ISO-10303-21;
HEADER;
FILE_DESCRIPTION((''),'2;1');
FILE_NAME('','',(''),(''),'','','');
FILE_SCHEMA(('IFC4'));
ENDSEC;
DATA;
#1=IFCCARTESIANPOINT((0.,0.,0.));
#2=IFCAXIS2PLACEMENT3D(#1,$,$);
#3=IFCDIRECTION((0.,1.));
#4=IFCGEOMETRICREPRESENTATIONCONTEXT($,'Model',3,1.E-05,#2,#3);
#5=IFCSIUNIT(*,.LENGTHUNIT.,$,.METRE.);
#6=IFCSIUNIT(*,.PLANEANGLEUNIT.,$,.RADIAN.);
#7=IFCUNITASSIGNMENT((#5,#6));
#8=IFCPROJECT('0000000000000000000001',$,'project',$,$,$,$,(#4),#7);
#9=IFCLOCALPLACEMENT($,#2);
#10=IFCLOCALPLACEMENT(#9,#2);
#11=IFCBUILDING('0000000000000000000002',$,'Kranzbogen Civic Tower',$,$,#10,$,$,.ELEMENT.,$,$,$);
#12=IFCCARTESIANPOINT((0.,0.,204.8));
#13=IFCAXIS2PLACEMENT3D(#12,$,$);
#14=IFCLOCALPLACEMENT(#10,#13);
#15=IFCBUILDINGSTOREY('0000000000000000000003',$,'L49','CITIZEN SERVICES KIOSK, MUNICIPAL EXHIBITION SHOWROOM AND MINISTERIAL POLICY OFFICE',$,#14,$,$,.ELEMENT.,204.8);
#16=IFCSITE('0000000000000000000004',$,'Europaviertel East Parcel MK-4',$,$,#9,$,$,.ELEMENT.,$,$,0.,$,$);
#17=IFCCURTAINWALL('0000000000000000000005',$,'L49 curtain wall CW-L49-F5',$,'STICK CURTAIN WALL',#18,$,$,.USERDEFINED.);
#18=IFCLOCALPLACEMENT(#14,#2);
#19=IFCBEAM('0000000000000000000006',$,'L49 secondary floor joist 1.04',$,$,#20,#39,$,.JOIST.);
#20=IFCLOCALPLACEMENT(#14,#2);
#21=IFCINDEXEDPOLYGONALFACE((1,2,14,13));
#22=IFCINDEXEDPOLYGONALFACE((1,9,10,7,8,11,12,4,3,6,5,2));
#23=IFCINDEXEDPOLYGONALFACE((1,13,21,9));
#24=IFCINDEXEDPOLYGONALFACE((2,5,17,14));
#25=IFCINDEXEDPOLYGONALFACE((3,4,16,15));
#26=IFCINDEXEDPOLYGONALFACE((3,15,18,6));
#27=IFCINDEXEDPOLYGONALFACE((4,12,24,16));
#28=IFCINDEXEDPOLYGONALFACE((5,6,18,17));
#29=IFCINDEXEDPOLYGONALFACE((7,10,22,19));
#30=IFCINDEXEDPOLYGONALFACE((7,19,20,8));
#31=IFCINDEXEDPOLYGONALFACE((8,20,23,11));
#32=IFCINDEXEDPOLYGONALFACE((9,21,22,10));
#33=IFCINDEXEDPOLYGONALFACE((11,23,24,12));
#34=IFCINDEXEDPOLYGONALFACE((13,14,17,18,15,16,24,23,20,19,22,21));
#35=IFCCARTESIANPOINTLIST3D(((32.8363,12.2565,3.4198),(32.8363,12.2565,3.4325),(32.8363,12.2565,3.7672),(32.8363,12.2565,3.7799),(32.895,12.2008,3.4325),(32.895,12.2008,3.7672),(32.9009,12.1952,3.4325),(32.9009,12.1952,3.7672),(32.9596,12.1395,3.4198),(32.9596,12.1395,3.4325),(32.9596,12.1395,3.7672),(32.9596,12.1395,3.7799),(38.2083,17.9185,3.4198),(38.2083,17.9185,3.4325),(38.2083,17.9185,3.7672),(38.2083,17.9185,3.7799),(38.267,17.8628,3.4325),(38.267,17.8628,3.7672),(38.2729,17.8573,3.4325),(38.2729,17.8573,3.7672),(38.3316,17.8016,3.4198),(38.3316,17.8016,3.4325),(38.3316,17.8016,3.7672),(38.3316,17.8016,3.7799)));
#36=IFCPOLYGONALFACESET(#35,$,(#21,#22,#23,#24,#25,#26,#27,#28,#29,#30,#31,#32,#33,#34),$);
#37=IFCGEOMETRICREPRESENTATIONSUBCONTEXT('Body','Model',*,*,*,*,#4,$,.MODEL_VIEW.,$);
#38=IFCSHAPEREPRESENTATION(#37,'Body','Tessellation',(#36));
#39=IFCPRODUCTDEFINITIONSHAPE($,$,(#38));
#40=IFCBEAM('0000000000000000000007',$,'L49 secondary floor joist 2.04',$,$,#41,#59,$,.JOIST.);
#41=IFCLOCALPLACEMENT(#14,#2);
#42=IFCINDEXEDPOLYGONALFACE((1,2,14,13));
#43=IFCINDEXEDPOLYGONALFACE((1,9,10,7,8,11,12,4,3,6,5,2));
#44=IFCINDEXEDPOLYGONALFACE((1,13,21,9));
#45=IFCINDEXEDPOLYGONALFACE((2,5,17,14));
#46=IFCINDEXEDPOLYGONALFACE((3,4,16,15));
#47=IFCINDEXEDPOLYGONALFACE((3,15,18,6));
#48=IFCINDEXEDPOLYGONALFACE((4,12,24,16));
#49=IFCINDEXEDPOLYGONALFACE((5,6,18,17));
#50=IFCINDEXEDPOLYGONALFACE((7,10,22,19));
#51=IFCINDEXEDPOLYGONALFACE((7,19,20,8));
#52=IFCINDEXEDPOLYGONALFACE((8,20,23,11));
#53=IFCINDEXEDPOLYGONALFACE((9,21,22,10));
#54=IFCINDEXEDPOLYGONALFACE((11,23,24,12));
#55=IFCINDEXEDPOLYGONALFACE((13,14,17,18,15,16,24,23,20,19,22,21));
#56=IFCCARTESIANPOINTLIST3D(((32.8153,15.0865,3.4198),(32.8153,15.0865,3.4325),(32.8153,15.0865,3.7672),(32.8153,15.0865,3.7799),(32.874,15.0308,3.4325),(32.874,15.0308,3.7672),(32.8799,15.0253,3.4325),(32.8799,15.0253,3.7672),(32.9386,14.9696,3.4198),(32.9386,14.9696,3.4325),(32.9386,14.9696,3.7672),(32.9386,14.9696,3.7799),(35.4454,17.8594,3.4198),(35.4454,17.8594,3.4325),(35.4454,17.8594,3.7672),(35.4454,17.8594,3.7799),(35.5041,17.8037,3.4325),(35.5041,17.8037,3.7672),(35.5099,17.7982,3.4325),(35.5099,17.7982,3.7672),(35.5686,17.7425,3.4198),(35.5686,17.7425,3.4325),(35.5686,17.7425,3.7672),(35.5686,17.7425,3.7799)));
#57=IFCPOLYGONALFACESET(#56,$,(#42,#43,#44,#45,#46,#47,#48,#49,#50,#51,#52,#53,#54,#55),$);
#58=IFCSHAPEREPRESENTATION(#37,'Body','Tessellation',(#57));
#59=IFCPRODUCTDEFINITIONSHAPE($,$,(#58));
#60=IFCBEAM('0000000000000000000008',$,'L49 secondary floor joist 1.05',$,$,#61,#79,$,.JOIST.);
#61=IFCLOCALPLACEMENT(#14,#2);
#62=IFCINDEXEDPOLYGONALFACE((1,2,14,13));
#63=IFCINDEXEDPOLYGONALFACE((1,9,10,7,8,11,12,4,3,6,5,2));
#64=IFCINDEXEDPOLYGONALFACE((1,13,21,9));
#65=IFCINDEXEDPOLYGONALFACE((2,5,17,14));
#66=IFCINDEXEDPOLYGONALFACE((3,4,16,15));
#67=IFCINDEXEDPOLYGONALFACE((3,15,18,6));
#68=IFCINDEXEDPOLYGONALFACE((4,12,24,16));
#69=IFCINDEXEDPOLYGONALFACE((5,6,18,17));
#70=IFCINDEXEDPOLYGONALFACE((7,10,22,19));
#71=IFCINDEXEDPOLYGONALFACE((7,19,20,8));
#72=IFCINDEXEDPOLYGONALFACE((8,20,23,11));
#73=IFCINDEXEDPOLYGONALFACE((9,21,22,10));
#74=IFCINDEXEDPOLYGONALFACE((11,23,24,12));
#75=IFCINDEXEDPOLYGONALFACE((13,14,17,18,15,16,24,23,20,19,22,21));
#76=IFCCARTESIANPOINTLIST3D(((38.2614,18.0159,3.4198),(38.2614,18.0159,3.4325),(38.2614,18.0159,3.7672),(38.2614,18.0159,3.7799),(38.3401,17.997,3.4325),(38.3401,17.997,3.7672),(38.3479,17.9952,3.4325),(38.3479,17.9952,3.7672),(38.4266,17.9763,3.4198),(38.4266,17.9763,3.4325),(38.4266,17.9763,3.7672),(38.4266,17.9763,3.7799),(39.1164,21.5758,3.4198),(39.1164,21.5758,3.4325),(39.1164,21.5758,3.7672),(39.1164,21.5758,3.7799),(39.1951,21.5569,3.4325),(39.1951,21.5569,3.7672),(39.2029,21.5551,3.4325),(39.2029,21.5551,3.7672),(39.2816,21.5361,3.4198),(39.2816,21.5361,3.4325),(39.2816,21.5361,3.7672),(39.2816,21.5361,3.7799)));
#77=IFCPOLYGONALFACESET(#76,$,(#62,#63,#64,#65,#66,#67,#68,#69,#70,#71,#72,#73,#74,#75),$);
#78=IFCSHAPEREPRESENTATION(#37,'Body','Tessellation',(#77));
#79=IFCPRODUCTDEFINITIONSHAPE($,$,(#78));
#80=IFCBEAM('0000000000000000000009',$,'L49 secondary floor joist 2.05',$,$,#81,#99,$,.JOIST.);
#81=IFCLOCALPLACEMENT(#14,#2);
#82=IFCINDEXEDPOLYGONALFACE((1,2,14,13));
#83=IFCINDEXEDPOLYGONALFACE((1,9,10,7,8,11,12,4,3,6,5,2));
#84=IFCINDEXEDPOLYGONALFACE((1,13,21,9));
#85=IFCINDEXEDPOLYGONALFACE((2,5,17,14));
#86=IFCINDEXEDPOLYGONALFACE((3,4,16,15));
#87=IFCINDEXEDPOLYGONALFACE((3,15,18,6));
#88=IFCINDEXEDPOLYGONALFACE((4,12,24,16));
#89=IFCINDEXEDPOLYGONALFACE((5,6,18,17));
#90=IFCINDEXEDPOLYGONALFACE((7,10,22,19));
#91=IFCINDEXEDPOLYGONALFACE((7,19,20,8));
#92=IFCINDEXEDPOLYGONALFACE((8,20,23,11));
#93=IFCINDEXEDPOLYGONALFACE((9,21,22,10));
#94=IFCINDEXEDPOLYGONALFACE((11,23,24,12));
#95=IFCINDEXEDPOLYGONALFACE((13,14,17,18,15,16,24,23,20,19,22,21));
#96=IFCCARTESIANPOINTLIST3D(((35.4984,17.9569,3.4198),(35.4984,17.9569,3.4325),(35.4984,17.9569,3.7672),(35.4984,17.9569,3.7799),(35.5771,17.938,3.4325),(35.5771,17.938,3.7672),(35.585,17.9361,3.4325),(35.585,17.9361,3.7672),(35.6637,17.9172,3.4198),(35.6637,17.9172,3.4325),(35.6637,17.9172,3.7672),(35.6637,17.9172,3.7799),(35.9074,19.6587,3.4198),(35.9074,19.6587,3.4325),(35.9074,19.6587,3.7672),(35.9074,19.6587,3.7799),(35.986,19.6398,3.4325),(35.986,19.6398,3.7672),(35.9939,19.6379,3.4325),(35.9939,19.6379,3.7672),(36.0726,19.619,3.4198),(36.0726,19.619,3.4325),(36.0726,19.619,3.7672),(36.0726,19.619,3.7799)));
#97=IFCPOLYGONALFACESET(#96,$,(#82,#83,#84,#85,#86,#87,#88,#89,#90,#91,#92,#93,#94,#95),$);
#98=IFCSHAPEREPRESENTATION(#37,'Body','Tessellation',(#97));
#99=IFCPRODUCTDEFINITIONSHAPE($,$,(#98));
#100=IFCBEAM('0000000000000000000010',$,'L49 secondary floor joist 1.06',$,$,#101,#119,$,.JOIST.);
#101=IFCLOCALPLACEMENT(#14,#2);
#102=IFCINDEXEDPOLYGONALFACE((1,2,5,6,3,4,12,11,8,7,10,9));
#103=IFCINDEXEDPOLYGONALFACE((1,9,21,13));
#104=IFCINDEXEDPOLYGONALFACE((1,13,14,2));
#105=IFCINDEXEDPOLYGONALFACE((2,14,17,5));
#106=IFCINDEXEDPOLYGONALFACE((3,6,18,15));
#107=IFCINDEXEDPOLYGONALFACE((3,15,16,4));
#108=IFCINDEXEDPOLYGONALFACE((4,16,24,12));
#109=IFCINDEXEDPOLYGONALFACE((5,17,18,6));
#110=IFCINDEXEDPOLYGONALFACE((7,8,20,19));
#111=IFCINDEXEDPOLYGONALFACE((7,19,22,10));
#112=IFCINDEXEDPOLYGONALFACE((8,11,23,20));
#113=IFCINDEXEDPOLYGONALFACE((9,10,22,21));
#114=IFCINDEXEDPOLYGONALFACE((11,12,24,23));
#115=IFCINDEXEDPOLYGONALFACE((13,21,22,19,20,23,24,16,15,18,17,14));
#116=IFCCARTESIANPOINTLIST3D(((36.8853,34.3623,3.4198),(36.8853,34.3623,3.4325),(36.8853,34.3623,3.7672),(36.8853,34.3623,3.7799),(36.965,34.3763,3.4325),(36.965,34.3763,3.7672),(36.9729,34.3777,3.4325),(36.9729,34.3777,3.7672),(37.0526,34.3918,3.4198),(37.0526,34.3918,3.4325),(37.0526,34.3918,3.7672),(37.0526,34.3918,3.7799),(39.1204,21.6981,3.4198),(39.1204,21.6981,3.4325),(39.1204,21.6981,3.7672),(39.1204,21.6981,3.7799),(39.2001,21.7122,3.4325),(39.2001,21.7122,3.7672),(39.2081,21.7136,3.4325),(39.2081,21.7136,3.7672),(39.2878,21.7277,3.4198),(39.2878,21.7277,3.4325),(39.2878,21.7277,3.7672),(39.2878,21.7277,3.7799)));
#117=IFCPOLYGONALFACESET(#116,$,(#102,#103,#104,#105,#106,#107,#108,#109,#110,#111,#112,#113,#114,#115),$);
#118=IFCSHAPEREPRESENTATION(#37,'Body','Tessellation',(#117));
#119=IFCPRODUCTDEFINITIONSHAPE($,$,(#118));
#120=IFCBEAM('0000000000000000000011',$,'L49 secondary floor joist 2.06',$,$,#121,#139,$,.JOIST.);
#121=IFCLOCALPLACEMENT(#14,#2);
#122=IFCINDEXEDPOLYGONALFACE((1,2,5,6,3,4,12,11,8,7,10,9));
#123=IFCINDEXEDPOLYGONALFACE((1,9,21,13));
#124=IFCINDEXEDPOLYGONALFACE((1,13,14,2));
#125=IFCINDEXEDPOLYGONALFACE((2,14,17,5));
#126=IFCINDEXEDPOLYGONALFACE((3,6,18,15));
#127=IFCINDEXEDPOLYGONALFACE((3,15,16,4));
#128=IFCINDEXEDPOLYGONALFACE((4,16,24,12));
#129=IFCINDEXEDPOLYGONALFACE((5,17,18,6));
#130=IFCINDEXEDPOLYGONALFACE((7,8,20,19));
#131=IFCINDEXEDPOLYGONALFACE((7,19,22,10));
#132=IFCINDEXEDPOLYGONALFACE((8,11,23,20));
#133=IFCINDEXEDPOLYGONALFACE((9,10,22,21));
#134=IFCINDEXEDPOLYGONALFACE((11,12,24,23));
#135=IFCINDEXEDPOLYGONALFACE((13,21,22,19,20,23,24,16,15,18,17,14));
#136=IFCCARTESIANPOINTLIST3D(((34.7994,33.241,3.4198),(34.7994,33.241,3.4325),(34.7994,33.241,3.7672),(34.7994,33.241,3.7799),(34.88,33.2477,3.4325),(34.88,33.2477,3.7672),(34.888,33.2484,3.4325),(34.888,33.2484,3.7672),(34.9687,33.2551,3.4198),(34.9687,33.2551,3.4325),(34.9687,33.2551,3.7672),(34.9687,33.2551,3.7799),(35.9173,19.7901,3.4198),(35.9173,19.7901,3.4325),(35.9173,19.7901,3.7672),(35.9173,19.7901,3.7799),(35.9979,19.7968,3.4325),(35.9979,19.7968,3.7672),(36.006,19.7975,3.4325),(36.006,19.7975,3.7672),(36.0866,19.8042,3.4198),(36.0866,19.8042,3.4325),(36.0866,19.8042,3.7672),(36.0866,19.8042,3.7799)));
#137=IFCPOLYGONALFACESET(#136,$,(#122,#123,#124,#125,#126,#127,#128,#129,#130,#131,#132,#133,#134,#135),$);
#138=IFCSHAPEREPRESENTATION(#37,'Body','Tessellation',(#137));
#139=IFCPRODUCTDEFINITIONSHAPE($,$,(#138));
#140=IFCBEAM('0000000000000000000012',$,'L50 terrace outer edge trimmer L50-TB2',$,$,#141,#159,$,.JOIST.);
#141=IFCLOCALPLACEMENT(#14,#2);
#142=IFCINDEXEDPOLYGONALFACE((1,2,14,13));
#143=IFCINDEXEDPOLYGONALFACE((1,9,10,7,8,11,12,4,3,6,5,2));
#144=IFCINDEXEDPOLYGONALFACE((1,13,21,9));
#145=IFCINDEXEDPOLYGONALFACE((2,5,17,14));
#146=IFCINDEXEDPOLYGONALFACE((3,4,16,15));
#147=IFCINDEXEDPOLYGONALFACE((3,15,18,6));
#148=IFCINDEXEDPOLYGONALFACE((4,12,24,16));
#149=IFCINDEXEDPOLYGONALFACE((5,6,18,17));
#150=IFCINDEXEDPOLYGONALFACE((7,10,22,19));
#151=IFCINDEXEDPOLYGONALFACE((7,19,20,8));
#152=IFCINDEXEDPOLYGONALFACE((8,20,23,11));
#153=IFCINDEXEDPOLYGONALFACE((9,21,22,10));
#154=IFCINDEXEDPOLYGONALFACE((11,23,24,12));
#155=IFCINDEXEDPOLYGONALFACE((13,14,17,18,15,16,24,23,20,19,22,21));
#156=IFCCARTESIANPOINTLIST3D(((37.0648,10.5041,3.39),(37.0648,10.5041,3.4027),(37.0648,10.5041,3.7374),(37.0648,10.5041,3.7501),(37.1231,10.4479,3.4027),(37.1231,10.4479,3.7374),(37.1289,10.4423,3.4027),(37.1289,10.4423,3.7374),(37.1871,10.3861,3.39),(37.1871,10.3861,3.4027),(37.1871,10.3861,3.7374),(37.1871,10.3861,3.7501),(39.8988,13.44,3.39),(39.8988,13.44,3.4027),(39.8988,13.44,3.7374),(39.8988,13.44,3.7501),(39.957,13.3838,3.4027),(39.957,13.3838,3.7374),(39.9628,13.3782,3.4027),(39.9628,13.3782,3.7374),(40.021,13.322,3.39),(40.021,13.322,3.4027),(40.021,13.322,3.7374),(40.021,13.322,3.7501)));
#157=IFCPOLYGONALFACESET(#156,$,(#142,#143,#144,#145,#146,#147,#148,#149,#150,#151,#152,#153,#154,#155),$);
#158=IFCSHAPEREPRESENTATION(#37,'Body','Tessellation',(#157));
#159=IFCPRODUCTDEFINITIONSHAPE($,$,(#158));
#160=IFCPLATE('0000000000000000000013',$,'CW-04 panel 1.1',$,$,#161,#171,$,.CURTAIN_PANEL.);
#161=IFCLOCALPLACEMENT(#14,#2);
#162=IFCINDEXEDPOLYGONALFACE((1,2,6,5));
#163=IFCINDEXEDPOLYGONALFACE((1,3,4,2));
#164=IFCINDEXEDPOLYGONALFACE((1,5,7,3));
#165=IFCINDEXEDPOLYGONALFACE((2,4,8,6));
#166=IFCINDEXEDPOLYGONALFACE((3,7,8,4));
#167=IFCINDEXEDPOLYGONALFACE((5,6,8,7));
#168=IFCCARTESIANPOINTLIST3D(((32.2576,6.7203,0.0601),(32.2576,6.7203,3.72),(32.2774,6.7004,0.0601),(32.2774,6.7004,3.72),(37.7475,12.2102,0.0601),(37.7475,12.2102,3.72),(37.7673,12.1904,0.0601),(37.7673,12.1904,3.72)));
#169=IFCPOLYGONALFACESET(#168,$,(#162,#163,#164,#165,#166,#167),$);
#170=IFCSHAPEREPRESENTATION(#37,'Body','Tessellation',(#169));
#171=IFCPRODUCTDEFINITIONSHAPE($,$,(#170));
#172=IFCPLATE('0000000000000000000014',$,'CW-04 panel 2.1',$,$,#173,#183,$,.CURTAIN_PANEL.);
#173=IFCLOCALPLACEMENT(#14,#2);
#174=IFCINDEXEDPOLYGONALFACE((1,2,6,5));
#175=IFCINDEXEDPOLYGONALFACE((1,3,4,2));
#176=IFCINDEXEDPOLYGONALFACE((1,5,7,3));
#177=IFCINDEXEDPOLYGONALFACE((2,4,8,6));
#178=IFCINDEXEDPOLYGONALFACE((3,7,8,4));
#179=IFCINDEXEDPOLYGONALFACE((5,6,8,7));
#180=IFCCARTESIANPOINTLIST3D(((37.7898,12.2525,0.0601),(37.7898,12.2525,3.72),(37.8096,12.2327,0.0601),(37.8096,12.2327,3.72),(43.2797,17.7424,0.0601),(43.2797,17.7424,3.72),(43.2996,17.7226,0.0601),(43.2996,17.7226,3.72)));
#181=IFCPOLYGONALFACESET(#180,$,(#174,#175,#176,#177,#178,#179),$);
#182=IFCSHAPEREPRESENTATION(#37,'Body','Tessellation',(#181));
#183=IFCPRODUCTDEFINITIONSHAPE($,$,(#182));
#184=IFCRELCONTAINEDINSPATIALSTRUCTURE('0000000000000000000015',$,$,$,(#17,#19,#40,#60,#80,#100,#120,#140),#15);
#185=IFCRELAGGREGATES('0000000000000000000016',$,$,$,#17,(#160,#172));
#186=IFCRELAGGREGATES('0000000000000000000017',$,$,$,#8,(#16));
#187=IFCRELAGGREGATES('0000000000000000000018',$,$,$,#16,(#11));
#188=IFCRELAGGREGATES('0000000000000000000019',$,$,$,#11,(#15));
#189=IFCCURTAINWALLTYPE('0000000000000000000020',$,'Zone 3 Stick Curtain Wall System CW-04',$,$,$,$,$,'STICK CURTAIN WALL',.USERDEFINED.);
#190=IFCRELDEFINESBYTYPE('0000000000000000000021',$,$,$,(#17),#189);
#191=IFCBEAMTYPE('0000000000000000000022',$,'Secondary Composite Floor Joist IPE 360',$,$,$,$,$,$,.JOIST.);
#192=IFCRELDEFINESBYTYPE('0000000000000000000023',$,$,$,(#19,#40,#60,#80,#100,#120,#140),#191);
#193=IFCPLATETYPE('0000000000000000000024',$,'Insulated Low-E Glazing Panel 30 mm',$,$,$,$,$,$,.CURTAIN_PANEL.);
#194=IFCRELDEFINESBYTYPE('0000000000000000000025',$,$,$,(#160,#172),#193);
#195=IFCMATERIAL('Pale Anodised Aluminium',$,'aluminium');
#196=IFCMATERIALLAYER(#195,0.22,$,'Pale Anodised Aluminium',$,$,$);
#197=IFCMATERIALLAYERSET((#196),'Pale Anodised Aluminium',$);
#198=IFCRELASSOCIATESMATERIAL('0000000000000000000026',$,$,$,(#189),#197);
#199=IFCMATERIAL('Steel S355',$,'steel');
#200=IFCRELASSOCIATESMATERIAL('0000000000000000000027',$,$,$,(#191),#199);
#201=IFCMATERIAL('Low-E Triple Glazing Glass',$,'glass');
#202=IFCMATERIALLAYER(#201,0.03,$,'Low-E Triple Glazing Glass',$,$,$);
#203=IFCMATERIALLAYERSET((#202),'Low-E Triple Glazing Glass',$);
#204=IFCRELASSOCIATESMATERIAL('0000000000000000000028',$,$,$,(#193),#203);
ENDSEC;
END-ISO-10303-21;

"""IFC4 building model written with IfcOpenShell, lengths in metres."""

from ifc_helpers import new_model, si_unit, direction, frame, origin, origin_2d, place, context, subcontext, project, spatial, rectangle, i_section, extrude, material, layer, layer_set, material_profile, profile_set, type_object, element, aggregate, save


model = new_model("IFC4")

# Units and contexts
model_context = context("Model", 3, precision=1e-05, world=origin(), true_north=direction((0.0, 1.0)))
body_context = subcontext(model_context, "Body", "Model", "MODEL_VIEW")
ifc_project = project(units=[si_unit("LENGTHUNIT", "METRE"), si_unit("PLANEANGLEUNIT", "RADIAN")], contexts=[model_context])

# Site, building, storey
site_placement = place(None, origin())
site = spatial("IfcSite", under=ifc_project, at=site_placement, Name="Europaviertel East Parcel MK-4", CompositionType="ELEMENT", RefElevation=0.0)
building_placement = place(site_placement, origin())
building = spatial("IfcBuilding", under=site, at=building_placement, Name="Kranzbogen Civic Tower", CompositionType="ELEMENT")
storey_placement = place(building_placement, frame((0.0, 0.0, 204.8)))
storey = spatial("IfcBuildingStorey", under=building, at=storey_placement, Name="L49", Description="CITIZEN SERVICES KIOSK, MUNICIPAL EXHIBITION SHOWROOM AND MINISTERIAL POLICY OFFICE", CompositionType="ELEMENT", Elevation=204.8)

# Shared definitions
ifc_material_1 = material(Name="Steel S355", Category="steel")

# Curtain wall
ifc_material_2 = material(Name="Pale Anodised Aluminium", Category="aluminium")
ifc_layer_1 = layer(ifc_material_2, 0.22, Name="Pale Anodised Aluminium")
ifc_layer_set_1 = layer_set([ifc_layer_1], Name="Pale Anodised Aluminium")
curtain_wall_type = type_object("IfcCurtainWallType", Name="Zone 3 Stick Curtain Wall System CW-04", ElementType="STICK CURTAIN WALL", PredefinedType="USERDEFINED", material=ifc_layer_set_1)
curtain_wall_1_placement = place(storey_placement, origin())
curtain_wall_1 = element("IfcCurtainWall", 1, at=curtain_wall_1_placement, inside=storey, type_object=curtain_wall_type, Name="L49 curtain wall CW-L49-F5", ObjectType="STICK CURTAIN WALL", PredefinedType="USERDEFINED")

# Beams
ifc_material_profile_1 = material_profile(ifc_material_1, i_section(OverallWidth=0.1699, OverallDepth=0.3601, WebThickness=0.0081, FlangeThickness=0.0127, at=origin_2d()), Name="IPE 360")
ifc_profile_set_1 = profile_set([ifc_material_profile_1], Name="Steel S355")
beam_type_1 = type_object("IfcBeamType", Name="Secondary Composite Floor Joist IPE 360", PredefinedType="JOIST", material=ifc_profile_set_1)
beam_1_placement = place(storey_placement, frame((32.8979, 12.198, 3.5999), z_axis=(0.688282, 0.725443, 0.0), x_axis=(-0.725443, 0.688282, 0.0)))
element("IfcBeam", 2, at=beam_1_placement, inside=storey, type_object=beam_type_1, Name="L49 secondary floor joist 1.04", PredefinedType="JOIST", context=body_context, shape_type="SweptSolid", body=[
    extrude(i_section(OverallWidth=0.1699, OverallDepth=0.3601, WebThickness=0.0081, FlangeThickness=0.0127, at=origin_2d()), origin(), (0.0, 0.0, 1.0), 7.8049),
])
beam_2_placement = place(storey_placement, frame((32.877, 15.0281, 3.5999), z_axis=(0.688175, 0.725545, 0.0), x_axis=(-0.725545, 0.688175, 0.0)))
element("IfcBeam", 3, at=beam_2_placement, inside=storey, type_object=beam_type_1, Name="L49 secondary floor joist 2.04", PredefinedType="JOIST", context=body_context, shape_type="SweptSolid", body=[
    extrude(i_section(OverallWidth=0.1699, OverallDepth=0.3601, WebThickness=0.0081, FlangeThickness=0.0127, at=origin_2d()), origin(), (0.0, 0.0, 1.0), 3.8218),
])
beam_3_placement = place(storey_placement, frame((38.344, 17.9961, 3.5999), z_axis=(0.233534, 0.972349, 0.0), x_axis=(-0.972349, 0.233534, 0.0)))
element("IfcBeam", 4, at=beam_3_placement, inside=storey, type_object=beam_type_1, Name="L49 secondary floor joist 1.05", PredefinedType="JOIST", context=body_context, shape_type="SweptSolid", body=[
    extrude(i_section(OverallWidth=0.1699, OverallDepth=0.3601, WebThickness=0.0081, FlangeThickness=0.0127, at=origin_2d()), origin(), (0.0, 0.0, 1.0), 3.6611),
])
beam_4_placement = place(storey_placement, frame((35.5811, 17.937, 3.5999), z_axis=(0.233631, 0.972325, 0.0), x_axis=(-0.972325, 0.233631, 0.0)))
element("IfcBeam", 5, at=beam_4_placement, inside=storey, type_object=beam_type_1, Name="L49 secondary floor joist 2.05", PredefinedType="JOIST", context=body_context, shape_type="SweptSolid", body=[
    extrude(i_section(OverallWidth=0.1699, OverallDepth=0.3601, WebThickness=0.0081, FlangeThickness=0.0127, at=origin_2d()), origin(), (0.0, 0.0, 1.0), 1.7502),
])
beam_5_placement = place(storey_placement, frame((39.2041, 21.7129, 3.5999), z_axis=(-0.173806, 0.98478, 0.0), x_axis=(-0.98478, -0.173806, 0.0)))
element("IfcBeam", 6, at=beam_5_placement, inside=storey, type_object=beam_type_1, Name="L49 secondary floor joist 1.06", PredefinedType="JOIST", context=body_context, shape_type="SweptSolid", body=[
    extrude(i_section(OverallWidth=0.1699, OverallDepth=0.3601, WebThickness=0.0081, FlangeThickness=0.0127, at=origin_2d()), origin(), (0.0, 0.0, 1.0), 12.8599),
])
beam_6_placement = place(storey_placement, frame((36.002, 19.7971, 3.5999), z_axis=(-0.082825, 0.996564, 0.0), x_axis=(-0.996564, -0.082825, 0.0)))
element("IfcBeam", 7, at=beam_6_placement, inside=storey, type_object=beam_type_1, Name="L49 secondary floor joist 2.06", PredefinedType="JOIST", context=body_context, shape_type="SweptSolid", body=[
    extrude(i_section(OverallWidth=0.1699, OverallDepth=0.3601, WebThickness=0.0081, FlangeThickness=0.0127, at=origin_2d()), origin(), (0.0, 0.0, 1.0), 13.4973),
])
beam_7_placement = place(storey_placement, frame((37.126, 10.4451, 3.5701), z_axis=(0.694492, 0.7195, 0.0), x_axis=(-0.7195, 0.694492, 0.0)))
element("IfcBeam", 8, at=beam_7_placement, inside=storey, type_object=beam_type_1, Name="L50 terrace outer edge trimmer L50-TB2", PredefinedType="JOIST", context=body_context, shape_type="SweptSolid", body=[
    extrude(i_section(OverallWidth=0.1699, OverallDepth=0.3601, WebThickness=0.0081, FlangeThickness=0.0127, at=origin_2d()), origin(), (0.0, 0.0, 1.0), 4.0806),
])

# Plates
ifc_material_3 = material(Name="Low-E Triple Glazing Glass", Category="glass")
ifc_layer_2 = layer(ifc_material_3, 0.03, Name="Low-E Triple Glazing Glass")
ifc_layer_set_2 = layer_set([ifc_layer_2], Name="Low-E Triple Glazing Glass")
plate_type = type_object("IfcPlateType", Name="Insulated Low-E Glazing Panel 30 mm", PredefinedType="CURTAIN_PANEL", material=ifc_layer_set_2)
plate_1_placement = place(storey_placement, frame((35.0125, 9.4553, 0.0601), z_axis=(0.0, 0.0, 1.0), x_axis=(0.707107, 0.707107, 0.0)))
plate_1 = element("IfcPlate", 9, at=plate_1_placement, type_object=plate_type, Name="CW-04 panel 1.1", PredefinedType="CURTAIN_PANEL", context=body_context, shape_type="SweptSolid", body=[
    extrude(rectangle(XDim=7.7639, YDim=0.0281, at=origin_2d()), origin(), (0.0, 0.0, 1.0), 3.6599),
])
plate_2_placement = place(storey_placement, frame((40.5447, 14.9875, 0.0601), z_axis=(0.0, 0.0, 1.0), x_axis=(0.707107, 0.707107, 0.0)))
plate_2 = element("IfcPlate", 10, at=plate_2_placement, type_object=plate_type, Name="CW-04 panel 2.1", PredefinedType="CURTAIN_PANEL", context=body_context, shape_type="SweptSolid", body=[
    extrude(rectangle(XDim=7.7639, YDim=0.0281, at=origin_2d()), origin(), (0.0, 0.0, 1.0), 3.6599),
])
aggregate(curtain_wall_1, [plate_1, plate_2])

save(model, "model.ifc")
